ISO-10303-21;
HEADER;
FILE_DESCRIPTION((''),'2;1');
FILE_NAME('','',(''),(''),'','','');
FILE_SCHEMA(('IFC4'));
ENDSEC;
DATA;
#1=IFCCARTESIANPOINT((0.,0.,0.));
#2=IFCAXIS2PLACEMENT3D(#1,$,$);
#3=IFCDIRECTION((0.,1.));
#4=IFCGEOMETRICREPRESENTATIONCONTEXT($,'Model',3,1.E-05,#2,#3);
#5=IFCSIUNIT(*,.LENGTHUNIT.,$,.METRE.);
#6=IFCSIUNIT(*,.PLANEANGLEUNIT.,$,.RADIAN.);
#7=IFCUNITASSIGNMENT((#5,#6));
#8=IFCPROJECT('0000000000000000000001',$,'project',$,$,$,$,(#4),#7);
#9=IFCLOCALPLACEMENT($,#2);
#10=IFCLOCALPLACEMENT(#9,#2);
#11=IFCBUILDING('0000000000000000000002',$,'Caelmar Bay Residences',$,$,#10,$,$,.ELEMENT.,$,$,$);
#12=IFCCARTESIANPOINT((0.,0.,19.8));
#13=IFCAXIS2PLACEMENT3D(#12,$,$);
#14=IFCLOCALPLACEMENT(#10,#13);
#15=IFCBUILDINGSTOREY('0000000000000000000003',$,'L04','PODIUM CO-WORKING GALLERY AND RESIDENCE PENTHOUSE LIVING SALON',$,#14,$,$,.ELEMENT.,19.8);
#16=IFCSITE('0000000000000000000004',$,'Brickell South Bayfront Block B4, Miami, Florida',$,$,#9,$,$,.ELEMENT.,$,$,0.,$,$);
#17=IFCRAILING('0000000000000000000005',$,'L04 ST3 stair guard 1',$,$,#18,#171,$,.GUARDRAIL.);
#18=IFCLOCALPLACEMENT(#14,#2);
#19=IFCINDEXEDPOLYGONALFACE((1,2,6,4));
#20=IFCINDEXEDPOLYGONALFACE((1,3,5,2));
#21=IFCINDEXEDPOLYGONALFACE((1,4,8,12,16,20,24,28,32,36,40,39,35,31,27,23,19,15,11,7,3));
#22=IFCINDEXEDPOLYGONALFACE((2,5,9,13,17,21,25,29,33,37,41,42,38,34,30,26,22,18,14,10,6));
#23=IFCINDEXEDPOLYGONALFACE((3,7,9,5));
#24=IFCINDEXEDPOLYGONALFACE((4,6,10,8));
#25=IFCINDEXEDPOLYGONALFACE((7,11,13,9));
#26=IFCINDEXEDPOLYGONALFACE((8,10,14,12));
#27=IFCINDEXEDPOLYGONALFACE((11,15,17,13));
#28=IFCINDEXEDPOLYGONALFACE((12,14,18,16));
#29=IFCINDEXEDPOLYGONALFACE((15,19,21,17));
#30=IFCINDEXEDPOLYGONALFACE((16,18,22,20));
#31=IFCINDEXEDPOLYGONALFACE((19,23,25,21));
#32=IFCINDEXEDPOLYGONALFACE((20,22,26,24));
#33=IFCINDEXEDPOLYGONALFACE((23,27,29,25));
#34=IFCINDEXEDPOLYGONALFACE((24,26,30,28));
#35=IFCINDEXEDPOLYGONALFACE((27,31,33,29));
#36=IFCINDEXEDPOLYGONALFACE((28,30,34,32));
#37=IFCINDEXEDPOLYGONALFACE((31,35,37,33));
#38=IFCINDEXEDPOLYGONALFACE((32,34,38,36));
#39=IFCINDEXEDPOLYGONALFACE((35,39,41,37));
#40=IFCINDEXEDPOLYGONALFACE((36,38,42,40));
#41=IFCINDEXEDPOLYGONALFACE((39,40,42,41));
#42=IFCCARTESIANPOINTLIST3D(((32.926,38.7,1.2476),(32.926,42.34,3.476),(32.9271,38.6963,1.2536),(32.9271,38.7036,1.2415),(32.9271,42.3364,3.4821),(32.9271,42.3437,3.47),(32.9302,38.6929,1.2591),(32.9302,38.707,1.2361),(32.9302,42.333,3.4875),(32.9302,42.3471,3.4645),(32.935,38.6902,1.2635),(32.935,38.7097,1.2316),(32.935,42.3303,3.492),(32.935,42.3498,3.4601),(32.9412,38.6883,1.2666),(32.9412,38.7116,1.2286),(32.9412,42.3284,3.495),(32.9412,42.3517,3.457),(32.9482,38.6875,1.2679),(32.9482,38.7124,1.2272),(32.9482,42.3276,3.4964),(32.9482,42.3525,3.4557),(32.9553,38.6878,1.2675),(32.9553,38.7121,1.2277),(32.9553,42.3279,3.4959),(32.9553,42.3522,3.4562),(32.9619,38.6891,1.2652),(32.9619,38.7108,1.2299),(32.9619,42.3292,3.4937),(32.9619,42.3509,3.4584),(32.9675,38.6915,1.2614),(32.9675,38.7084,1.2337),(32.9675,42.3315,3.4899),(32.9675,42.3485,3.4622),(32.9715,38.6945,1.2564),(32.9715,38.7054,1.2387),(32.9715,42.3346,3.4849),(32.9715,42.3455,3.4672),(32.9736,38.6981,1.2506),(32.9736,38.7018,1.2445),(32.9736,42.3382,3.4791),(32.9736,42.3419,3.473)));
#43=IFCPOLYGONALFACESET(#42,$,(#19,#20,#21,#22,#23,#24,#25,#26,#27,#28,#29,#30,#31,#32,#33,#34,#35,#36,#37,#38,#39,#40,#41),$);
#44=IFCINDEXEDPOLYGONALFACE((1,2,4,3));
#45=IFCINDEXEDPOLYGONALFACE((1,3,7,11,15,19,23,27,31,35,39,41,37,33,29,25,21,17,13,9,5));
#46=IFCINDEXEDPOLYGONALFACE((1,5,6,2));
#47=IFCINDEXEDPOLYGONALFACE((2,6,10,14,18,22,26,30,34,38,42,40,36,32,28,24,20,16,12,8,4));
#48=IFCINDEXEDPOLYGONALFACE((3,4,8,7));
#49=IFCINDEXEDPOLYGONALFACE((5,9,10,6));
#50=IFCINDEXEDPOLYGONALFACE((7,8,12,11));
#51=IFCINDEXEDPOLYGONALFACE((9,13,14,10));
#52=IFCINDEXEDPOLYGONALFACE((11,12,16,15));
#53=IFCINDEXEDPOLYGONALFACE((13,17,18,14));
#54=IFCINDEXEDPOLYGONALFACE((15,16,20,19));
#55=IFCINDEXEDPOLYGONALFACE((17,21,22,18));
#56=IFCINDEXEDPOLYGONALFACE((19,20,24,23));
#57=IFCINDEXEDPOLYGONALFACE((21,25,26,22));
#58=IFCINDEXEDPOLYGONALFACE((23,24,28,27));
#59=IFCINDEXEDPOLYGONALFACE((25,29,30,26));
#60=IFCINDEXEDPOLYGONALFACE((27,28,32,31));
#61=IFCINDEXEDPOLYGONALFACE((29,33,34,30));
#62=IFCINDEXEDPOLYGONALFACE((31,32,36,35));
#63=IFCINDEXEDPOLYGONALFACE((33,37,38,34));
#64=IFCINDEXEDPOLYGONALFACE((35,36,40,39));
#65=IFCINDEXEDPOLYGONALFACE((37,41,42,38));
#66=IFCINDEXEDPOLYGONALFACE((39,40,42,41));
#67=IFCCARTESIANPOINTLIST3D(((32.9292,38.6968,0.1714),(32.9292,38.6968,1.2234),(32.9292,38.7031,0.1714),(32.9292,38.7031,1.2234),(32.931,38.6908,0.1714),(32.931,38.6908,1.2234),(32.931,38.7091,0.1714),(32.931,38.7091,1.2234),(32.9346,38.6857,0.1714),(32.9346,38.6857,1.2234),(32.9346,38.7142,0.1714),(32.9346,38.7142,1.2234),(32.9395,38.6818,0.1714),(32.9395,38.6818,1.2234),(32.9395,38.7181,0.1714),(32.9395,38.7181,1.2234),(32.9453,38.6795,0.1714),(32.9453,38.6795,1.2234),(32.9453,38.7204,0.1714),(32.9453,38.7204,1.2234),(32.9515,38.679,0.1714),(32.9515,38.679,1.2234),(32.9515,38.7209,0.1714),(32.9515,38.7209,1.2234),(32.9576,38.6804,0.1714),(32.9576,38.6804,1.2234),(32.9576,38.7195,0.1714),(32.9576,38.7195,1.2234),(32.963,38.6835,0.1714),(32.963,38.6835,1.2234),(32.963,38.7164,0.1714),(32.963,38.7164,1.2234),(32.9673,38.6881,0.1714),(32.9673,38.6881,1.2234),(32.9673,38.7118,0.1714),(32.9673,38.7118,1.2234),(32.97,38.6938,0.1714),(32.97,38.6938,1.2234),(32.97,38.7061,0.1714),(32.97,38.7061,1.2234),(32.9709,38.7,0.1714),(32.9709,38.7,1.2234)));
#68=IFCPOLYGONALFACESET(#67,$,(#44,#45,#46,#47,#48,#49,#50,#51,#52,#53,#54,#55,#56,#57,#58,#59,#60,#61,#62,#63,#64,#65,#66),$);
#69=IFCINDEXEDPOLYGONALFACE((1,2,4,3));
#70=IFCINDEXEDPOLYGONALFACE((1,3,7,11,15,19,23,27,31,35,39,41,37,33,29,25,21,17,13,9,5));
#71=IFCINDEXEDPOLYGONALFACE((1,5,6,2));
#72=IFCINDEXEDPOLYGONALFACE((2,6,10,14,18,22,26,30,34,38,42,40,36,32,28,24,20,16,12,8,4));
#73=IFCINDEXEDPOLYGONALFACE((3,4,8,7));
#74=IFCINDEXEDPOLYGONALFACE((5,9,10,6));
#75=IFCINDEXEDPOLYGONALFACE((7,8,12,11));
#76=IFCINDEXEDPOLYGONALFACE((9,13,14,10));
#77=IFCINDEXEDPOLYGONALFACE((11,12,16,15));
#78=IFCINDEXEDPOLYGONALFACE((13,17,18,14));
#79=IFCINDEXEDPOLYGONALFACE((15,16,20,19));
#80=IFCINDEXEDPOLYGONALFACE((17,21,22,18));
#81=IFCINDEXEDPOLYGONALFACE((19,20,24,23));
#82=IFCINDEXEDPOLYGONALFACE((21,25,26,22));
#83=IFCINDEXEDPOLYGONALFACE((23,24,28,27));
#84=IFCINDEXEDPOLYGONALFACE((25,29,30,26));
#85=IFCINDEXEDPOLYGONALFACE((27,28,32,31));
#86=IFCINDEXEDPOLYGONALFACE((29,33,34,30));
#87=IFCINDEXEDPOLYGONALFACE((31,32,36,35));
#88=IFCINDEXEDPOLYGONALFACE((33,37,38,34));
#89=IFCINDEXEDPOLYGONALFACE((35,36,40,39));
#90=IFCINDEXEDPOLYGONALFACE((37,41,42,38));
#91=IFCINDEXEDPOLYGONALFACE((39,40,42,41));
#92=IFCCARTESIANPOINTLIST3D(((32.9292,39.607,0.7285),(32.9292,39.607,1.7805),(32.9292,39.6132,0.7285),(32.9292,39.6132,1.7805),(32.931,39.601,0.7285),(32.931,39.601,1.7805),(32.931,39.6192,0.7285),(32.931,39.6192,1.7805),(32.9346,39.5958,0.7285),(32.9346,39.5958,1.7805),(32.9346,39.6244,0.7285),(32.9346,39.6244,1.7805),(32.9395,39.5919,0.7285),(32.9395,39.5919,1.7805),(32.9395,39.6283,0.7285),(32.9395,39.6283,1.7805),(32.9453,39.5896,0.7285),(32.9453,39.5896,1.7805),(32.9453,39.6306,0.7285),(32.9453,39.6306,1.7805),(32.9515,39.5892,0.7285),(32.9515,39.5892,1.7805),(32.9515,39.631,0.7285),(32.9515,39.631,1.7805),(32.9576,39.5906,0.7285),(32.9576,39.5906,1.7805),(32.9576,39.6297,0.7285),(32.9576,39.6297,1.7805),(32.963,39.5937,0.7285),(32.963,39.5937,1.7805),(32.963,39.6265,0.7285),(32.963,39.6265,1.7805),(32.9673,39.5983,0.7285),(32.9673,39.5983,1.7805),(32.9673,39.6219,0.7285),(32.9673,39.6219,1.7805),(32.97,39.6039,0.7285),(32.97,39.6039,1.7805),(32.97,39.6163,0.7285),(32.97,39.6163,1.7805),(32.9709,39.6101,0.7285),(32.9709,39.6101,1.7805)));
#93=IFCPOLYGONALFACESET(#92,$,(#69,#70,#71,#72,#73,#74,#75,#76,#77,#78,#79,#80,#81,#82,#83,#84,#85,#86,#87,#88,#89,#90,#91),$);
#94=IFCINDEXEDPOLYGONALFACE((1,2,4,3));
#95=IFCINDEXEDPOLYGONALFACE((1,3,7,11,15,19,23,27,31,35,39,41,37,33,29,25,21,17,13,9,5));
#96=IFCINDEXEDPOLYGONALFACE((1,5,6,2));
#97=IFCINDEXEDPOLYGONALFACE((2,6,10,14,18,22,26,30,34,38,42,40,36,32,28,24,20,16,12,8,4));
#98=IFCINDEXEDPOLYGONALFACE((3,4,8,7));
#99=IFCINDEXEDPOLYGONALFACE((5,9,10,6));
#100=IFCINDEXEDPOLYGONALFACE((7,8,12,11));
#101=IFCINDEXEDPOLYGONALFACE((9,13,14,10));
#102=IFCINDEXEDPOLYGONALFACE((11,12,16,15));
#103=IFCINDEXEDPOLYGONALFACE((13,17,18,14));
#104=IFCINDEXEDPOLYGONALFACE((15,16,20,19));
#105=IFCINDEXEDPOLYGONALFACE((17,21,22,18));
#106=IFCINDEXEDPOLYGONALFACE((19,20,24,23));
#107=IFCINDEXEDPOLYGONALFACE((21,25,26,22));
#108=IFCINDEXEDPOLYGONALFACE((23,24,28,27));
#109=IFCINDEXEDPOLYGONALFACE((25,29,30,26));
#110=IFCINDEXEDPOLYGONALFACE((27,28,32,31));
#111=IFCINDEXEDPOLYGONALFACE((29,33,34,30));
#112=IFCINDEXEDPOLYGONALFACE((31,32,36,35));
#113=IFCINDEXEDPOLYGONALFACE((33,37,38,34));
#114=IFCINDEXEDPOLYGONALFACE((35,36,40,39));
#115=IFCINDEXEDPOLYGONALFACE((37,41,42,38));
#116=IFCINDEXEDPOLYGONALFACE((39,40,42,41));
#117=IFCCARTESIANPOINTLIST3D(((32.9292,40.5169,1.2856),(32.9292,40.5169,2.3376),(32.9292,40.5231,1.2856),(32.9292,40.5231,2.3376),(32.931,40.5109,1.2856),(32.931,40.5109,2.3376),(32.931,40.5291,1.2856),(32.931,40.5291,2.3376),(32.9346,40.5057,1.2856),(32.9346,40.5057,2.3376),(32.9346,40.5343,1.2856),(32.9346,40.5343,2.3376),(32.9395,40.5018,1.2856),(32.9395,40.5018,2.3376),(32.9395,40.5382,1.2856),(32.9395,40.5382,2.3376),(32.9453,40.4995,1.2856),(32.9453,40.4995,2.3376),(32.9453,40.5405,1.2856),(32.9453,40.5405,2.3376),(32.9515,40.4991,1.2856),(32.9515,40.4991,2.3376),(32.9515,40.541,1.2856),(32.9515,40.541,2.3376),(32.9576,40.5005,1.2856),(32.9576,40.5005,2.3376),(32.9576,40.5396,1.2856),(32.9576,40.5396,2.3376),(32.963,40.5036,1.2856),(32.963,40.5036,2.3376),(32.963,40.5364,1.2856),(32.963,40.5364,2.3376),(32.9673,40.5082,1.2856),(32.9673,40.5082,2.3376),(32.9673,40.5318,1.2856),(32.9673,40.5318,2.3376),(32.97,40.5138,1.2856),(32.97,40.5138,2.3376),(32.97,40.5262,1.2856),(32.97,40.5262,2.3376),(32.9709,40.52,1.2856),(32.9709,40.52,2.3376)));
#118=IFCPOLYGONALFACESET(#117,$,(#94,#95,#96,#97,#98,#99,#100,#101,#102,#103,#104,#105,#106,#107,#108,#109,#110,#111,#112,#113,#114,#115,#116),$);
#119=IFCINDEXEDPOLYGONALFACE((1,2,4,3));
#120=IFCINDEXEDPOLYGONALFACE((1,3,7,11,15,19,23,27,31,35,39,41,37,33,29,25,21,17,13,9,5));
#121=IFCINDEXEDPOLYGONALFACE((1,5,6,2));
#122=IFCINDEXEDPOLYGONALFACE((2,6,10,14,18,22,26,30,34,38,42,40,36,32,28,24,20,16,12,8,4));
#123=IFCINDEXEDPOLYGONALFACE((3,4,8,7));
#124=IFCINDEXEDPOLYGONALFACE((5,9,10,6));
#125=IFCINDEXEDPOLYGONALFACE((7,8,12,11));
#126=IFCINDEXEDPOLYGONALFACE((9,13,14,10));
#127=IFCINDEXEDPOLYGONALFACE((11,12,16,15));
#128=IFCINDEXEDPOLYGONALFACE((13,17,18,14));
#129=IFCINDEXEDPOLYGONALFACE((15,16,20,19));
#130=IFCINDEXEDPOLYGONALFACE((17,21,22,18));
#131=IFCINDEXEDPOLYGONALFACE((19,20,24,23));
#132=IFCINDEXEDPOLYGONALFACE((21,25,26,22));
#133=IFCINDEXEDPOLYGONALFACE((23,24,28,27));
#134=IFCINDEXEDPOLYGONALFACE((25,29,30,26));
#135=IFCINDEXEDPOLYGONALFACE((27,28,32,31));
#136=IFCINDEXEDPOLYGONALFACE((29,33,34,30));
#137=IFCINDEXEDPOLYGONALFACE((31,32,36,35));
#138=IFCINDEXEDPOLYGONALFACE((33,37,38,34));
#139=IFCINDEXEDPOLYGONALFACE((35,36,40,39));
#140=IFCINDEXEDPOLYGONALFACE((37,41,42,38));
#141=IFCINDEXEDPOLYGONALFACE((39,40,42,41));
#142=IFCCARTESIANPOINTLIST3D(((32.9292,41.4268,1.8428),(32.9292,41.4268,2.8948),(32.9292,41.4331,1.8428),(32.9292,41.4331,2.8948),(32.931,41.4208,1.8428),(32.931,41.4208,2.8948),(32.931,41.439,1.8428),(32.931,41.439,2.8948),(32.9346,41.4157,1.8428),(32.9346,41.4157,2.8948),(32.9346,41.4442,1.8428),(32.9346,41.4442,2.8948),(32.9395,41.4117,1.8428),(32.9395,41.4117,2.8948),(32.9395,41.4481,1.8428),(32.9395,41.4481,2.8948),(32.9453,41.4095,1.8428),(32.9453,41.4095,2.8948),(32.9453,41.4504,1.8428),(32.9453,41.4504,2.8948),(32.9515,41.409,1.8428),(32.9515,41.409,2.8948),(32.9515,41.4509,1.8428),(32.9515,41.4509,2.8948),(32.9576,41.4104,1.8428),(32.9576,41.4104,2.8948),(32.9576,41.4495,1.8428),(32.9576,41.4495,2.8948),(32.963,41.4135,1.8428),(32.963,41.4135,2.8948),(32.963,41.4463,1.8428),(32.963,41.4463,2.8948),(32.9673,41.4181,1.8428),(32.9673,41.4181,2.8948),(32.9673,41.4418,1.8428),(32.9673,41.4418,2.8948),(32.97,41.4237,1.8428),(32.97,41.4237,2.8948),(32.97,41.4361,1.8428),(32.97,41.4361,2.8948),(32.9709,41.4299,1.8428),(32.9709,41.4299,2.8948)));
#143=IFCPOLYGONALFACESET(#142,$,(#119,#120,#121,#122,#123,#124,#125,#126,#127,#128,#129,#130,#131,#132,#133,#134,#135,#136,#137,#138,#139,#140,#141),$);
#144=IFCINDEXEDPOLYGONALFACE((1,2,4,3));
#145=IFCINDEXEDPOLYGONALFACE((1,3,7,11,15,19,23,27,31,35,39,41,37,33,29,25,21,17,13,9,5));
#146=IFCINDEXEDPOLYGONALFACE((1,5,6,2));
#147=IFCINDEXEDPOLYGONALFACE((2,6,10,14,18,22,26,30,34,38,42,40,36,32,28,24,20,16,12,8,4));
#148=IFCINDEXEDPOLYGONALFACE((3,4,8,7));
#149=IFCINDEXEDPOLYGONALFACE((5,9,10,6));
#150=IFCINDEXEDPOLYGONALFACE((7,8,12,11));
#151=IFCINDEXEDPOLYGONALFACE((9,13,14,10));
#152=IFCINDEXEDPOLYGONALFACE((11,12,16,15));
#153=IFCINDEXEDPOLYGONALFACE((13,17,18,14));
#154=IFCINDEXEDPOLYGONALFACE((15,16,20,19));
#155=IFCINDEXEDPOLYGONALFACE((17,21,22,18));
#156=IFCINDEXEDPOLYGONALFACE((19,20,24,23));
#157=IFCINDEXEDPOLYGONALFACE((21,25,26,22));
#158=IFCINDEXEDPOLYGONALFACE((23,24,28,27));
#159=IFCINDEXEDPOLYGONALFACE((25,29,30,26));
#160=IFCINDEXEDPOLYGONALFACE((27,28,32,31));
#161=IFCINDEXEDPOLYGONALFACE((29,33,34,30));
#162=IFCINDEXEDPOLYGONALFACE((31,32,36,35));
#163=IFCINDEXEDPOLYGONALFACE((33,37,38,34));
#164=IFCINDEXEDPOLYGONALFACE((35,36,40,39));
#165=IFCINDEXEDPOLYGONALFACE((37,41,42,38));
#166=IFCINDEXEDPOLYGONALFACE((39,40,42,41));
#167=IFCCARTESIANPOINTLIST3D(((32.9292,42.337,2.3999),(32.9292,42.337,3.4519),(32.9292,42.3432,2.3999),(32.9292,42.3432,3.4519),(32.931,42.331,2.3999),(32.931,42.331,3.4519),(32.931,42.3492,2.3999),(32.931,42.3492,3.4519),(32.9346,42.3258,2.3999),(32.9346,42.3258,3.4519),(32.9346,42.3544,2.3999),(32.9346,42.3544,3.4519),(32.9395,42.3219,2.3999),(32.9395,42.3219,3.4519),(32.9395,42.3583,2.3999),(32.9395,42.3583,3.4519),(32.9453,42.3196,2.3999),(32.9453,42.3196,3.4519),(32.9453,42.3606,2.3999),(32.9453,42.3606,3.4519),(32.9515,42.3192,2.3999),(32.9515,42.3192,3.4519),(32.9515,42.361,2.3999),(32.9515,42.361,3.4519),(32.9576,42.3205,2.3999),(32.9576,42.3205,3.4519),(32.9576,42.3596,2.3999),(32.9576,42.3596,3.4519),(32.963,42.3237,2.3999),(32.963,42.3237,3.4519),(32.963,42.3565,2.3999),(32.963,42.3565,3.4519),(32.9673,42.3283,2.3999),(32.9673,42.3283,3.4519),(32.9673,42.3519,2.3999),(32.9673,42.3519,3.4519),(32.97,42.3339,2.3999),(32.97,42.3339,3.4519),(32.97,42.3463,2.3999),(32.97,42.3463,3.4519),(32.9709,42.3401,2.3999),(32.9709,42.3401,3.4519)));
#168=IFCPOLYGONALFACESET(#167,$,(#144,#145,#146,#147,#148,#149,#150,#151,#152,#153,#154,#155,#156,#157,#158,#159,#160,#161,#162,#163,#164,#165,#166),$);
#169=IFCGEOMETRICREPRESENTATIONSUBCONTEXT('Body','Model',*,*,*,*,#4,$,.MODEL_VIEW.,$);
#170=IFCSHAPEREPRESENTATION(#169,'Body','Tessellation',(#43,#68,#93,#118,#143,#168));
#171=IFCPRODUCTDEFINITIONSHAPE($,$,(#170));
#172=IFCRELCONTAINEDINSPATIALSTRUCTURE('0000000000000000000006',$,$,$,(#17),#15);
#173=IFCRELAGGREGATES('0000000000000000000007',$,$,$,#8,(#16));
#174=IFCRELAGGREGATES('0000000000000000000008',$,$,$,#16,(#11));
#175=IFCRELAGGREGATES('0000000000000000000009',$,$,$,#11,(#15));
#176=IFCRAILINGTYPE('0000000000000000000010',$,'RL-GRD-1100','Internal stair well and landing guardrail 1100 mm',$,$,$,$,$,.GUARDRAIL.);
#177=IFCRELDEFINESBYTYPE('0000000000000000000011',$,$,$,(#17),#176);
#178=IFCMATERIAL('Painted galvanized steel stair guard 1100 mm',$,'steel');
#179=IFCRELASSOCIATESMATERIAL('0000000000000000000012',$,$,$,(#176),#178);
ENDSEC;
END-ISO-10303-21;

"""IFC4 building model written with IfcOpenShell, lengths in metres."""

from ifc_helpers import new_model, si_unit, direction, frame, origin, origin_2d, place, context, subcontext, project, spatial, circle, extrude, material, type_object, element, save


model = new_model("IFC4")

# Units and contexts
model_context = context("Model", 3, precision=1e-05, world=origin(), true_north=direction((0.0, 1.0)))
body_context = subcontext(model_context, "Body", "Model", "MODEL_VIEW")
ifc_project = project(units=[si_unit("LENGTHUNIT", "METRE"), si_unit("PLANEANGLEUNIT", "RADIAN")], contexts=[model_context])

# Site, building, storey
site_placement = place(None, origin())
site = spatial("IfcSite", under=ifc_project, at=site_placement, Name="Brickell South Bayfront Block B4, Miami, Florida", CompositionType="ELEMENT", RefElevation=0.0)
building_placement = place(site_placement, origin())
building = spatial("IfcBuilding", under=site, at=building_placement, Name="Caelmar Bay Residences", CompositionType="ELEMENT")
storey_placement = place(building_placement, frame((0.0, 0.0, 19.8)))
storey = spatial("IfcBuildingStorey", under=building, at=storey_placement, Name="L04", Description="PODIUM CO-WORKING GALLERY AND RESIDENCE PENTHOUSE LIVING SALON", CompositionType="ELEMENT", Elevation=19.8)

# Railing
ifc_material_1 = material(Name="Painted galvanized steel stair guard 1100 mm", Category="steel")
railing_type = type_object("IfcRailingType", Name="RL-GRD-1100", Description="Internal stair well and landing guardrail 1100 mm", PredefinedType="GUARDRAIL", material=ifc_material_1)
railing_1_placement = place(storey_placement, frame((32.95, 38.7, 0.1714)))
element("IfcRailing", 1, at=railing_1_placement, inside=storey, type_object=railing_type, Name="L04 ST3 stair guard 1", PredefinedType="GUARDRAIL", context=body_context, shape_type="SweptSolid", body=[
    extrude(circle(Radius=0.0239, at=origin_2d()), frame((0.0, 0.0, 1.0762), z_axis=(0.0, 0.852866, 0.52213), x_axis=(-1.0, 0.0, 0.0)), (0.0, 0.0, 1.0), 4.2681),
    extrude(circle(Radius=0.021, at=origin_2d()), origin(), (0.0, 0.0, 1.0), 1.052),
    extrude(circle(Radius=0.021, at=origin_2d()), frame((0.0, 0.9102, 0.5571)), (0.0, 0.0, 1.0), 1.052),
    extrude(circle(Radius=0.021, at=origin_2d()), frame((0.0, 1.8201, 1.1143)), (0.0, 0.0, 1.0), 1.052),
    extrude(circle(Radius=0.021, at=origin_2d()), frame((0.0, 2.73, 1.6714)), (0.0, 0.0, 1.0), 1.052),
    extrude(circle(Radius=0.021, at=origin_2d()), frame((0.0, 3.6401, 2.2285)), (0.0, 0.0, 1.0), 1.052),
])

save(model, "model.ifc")
